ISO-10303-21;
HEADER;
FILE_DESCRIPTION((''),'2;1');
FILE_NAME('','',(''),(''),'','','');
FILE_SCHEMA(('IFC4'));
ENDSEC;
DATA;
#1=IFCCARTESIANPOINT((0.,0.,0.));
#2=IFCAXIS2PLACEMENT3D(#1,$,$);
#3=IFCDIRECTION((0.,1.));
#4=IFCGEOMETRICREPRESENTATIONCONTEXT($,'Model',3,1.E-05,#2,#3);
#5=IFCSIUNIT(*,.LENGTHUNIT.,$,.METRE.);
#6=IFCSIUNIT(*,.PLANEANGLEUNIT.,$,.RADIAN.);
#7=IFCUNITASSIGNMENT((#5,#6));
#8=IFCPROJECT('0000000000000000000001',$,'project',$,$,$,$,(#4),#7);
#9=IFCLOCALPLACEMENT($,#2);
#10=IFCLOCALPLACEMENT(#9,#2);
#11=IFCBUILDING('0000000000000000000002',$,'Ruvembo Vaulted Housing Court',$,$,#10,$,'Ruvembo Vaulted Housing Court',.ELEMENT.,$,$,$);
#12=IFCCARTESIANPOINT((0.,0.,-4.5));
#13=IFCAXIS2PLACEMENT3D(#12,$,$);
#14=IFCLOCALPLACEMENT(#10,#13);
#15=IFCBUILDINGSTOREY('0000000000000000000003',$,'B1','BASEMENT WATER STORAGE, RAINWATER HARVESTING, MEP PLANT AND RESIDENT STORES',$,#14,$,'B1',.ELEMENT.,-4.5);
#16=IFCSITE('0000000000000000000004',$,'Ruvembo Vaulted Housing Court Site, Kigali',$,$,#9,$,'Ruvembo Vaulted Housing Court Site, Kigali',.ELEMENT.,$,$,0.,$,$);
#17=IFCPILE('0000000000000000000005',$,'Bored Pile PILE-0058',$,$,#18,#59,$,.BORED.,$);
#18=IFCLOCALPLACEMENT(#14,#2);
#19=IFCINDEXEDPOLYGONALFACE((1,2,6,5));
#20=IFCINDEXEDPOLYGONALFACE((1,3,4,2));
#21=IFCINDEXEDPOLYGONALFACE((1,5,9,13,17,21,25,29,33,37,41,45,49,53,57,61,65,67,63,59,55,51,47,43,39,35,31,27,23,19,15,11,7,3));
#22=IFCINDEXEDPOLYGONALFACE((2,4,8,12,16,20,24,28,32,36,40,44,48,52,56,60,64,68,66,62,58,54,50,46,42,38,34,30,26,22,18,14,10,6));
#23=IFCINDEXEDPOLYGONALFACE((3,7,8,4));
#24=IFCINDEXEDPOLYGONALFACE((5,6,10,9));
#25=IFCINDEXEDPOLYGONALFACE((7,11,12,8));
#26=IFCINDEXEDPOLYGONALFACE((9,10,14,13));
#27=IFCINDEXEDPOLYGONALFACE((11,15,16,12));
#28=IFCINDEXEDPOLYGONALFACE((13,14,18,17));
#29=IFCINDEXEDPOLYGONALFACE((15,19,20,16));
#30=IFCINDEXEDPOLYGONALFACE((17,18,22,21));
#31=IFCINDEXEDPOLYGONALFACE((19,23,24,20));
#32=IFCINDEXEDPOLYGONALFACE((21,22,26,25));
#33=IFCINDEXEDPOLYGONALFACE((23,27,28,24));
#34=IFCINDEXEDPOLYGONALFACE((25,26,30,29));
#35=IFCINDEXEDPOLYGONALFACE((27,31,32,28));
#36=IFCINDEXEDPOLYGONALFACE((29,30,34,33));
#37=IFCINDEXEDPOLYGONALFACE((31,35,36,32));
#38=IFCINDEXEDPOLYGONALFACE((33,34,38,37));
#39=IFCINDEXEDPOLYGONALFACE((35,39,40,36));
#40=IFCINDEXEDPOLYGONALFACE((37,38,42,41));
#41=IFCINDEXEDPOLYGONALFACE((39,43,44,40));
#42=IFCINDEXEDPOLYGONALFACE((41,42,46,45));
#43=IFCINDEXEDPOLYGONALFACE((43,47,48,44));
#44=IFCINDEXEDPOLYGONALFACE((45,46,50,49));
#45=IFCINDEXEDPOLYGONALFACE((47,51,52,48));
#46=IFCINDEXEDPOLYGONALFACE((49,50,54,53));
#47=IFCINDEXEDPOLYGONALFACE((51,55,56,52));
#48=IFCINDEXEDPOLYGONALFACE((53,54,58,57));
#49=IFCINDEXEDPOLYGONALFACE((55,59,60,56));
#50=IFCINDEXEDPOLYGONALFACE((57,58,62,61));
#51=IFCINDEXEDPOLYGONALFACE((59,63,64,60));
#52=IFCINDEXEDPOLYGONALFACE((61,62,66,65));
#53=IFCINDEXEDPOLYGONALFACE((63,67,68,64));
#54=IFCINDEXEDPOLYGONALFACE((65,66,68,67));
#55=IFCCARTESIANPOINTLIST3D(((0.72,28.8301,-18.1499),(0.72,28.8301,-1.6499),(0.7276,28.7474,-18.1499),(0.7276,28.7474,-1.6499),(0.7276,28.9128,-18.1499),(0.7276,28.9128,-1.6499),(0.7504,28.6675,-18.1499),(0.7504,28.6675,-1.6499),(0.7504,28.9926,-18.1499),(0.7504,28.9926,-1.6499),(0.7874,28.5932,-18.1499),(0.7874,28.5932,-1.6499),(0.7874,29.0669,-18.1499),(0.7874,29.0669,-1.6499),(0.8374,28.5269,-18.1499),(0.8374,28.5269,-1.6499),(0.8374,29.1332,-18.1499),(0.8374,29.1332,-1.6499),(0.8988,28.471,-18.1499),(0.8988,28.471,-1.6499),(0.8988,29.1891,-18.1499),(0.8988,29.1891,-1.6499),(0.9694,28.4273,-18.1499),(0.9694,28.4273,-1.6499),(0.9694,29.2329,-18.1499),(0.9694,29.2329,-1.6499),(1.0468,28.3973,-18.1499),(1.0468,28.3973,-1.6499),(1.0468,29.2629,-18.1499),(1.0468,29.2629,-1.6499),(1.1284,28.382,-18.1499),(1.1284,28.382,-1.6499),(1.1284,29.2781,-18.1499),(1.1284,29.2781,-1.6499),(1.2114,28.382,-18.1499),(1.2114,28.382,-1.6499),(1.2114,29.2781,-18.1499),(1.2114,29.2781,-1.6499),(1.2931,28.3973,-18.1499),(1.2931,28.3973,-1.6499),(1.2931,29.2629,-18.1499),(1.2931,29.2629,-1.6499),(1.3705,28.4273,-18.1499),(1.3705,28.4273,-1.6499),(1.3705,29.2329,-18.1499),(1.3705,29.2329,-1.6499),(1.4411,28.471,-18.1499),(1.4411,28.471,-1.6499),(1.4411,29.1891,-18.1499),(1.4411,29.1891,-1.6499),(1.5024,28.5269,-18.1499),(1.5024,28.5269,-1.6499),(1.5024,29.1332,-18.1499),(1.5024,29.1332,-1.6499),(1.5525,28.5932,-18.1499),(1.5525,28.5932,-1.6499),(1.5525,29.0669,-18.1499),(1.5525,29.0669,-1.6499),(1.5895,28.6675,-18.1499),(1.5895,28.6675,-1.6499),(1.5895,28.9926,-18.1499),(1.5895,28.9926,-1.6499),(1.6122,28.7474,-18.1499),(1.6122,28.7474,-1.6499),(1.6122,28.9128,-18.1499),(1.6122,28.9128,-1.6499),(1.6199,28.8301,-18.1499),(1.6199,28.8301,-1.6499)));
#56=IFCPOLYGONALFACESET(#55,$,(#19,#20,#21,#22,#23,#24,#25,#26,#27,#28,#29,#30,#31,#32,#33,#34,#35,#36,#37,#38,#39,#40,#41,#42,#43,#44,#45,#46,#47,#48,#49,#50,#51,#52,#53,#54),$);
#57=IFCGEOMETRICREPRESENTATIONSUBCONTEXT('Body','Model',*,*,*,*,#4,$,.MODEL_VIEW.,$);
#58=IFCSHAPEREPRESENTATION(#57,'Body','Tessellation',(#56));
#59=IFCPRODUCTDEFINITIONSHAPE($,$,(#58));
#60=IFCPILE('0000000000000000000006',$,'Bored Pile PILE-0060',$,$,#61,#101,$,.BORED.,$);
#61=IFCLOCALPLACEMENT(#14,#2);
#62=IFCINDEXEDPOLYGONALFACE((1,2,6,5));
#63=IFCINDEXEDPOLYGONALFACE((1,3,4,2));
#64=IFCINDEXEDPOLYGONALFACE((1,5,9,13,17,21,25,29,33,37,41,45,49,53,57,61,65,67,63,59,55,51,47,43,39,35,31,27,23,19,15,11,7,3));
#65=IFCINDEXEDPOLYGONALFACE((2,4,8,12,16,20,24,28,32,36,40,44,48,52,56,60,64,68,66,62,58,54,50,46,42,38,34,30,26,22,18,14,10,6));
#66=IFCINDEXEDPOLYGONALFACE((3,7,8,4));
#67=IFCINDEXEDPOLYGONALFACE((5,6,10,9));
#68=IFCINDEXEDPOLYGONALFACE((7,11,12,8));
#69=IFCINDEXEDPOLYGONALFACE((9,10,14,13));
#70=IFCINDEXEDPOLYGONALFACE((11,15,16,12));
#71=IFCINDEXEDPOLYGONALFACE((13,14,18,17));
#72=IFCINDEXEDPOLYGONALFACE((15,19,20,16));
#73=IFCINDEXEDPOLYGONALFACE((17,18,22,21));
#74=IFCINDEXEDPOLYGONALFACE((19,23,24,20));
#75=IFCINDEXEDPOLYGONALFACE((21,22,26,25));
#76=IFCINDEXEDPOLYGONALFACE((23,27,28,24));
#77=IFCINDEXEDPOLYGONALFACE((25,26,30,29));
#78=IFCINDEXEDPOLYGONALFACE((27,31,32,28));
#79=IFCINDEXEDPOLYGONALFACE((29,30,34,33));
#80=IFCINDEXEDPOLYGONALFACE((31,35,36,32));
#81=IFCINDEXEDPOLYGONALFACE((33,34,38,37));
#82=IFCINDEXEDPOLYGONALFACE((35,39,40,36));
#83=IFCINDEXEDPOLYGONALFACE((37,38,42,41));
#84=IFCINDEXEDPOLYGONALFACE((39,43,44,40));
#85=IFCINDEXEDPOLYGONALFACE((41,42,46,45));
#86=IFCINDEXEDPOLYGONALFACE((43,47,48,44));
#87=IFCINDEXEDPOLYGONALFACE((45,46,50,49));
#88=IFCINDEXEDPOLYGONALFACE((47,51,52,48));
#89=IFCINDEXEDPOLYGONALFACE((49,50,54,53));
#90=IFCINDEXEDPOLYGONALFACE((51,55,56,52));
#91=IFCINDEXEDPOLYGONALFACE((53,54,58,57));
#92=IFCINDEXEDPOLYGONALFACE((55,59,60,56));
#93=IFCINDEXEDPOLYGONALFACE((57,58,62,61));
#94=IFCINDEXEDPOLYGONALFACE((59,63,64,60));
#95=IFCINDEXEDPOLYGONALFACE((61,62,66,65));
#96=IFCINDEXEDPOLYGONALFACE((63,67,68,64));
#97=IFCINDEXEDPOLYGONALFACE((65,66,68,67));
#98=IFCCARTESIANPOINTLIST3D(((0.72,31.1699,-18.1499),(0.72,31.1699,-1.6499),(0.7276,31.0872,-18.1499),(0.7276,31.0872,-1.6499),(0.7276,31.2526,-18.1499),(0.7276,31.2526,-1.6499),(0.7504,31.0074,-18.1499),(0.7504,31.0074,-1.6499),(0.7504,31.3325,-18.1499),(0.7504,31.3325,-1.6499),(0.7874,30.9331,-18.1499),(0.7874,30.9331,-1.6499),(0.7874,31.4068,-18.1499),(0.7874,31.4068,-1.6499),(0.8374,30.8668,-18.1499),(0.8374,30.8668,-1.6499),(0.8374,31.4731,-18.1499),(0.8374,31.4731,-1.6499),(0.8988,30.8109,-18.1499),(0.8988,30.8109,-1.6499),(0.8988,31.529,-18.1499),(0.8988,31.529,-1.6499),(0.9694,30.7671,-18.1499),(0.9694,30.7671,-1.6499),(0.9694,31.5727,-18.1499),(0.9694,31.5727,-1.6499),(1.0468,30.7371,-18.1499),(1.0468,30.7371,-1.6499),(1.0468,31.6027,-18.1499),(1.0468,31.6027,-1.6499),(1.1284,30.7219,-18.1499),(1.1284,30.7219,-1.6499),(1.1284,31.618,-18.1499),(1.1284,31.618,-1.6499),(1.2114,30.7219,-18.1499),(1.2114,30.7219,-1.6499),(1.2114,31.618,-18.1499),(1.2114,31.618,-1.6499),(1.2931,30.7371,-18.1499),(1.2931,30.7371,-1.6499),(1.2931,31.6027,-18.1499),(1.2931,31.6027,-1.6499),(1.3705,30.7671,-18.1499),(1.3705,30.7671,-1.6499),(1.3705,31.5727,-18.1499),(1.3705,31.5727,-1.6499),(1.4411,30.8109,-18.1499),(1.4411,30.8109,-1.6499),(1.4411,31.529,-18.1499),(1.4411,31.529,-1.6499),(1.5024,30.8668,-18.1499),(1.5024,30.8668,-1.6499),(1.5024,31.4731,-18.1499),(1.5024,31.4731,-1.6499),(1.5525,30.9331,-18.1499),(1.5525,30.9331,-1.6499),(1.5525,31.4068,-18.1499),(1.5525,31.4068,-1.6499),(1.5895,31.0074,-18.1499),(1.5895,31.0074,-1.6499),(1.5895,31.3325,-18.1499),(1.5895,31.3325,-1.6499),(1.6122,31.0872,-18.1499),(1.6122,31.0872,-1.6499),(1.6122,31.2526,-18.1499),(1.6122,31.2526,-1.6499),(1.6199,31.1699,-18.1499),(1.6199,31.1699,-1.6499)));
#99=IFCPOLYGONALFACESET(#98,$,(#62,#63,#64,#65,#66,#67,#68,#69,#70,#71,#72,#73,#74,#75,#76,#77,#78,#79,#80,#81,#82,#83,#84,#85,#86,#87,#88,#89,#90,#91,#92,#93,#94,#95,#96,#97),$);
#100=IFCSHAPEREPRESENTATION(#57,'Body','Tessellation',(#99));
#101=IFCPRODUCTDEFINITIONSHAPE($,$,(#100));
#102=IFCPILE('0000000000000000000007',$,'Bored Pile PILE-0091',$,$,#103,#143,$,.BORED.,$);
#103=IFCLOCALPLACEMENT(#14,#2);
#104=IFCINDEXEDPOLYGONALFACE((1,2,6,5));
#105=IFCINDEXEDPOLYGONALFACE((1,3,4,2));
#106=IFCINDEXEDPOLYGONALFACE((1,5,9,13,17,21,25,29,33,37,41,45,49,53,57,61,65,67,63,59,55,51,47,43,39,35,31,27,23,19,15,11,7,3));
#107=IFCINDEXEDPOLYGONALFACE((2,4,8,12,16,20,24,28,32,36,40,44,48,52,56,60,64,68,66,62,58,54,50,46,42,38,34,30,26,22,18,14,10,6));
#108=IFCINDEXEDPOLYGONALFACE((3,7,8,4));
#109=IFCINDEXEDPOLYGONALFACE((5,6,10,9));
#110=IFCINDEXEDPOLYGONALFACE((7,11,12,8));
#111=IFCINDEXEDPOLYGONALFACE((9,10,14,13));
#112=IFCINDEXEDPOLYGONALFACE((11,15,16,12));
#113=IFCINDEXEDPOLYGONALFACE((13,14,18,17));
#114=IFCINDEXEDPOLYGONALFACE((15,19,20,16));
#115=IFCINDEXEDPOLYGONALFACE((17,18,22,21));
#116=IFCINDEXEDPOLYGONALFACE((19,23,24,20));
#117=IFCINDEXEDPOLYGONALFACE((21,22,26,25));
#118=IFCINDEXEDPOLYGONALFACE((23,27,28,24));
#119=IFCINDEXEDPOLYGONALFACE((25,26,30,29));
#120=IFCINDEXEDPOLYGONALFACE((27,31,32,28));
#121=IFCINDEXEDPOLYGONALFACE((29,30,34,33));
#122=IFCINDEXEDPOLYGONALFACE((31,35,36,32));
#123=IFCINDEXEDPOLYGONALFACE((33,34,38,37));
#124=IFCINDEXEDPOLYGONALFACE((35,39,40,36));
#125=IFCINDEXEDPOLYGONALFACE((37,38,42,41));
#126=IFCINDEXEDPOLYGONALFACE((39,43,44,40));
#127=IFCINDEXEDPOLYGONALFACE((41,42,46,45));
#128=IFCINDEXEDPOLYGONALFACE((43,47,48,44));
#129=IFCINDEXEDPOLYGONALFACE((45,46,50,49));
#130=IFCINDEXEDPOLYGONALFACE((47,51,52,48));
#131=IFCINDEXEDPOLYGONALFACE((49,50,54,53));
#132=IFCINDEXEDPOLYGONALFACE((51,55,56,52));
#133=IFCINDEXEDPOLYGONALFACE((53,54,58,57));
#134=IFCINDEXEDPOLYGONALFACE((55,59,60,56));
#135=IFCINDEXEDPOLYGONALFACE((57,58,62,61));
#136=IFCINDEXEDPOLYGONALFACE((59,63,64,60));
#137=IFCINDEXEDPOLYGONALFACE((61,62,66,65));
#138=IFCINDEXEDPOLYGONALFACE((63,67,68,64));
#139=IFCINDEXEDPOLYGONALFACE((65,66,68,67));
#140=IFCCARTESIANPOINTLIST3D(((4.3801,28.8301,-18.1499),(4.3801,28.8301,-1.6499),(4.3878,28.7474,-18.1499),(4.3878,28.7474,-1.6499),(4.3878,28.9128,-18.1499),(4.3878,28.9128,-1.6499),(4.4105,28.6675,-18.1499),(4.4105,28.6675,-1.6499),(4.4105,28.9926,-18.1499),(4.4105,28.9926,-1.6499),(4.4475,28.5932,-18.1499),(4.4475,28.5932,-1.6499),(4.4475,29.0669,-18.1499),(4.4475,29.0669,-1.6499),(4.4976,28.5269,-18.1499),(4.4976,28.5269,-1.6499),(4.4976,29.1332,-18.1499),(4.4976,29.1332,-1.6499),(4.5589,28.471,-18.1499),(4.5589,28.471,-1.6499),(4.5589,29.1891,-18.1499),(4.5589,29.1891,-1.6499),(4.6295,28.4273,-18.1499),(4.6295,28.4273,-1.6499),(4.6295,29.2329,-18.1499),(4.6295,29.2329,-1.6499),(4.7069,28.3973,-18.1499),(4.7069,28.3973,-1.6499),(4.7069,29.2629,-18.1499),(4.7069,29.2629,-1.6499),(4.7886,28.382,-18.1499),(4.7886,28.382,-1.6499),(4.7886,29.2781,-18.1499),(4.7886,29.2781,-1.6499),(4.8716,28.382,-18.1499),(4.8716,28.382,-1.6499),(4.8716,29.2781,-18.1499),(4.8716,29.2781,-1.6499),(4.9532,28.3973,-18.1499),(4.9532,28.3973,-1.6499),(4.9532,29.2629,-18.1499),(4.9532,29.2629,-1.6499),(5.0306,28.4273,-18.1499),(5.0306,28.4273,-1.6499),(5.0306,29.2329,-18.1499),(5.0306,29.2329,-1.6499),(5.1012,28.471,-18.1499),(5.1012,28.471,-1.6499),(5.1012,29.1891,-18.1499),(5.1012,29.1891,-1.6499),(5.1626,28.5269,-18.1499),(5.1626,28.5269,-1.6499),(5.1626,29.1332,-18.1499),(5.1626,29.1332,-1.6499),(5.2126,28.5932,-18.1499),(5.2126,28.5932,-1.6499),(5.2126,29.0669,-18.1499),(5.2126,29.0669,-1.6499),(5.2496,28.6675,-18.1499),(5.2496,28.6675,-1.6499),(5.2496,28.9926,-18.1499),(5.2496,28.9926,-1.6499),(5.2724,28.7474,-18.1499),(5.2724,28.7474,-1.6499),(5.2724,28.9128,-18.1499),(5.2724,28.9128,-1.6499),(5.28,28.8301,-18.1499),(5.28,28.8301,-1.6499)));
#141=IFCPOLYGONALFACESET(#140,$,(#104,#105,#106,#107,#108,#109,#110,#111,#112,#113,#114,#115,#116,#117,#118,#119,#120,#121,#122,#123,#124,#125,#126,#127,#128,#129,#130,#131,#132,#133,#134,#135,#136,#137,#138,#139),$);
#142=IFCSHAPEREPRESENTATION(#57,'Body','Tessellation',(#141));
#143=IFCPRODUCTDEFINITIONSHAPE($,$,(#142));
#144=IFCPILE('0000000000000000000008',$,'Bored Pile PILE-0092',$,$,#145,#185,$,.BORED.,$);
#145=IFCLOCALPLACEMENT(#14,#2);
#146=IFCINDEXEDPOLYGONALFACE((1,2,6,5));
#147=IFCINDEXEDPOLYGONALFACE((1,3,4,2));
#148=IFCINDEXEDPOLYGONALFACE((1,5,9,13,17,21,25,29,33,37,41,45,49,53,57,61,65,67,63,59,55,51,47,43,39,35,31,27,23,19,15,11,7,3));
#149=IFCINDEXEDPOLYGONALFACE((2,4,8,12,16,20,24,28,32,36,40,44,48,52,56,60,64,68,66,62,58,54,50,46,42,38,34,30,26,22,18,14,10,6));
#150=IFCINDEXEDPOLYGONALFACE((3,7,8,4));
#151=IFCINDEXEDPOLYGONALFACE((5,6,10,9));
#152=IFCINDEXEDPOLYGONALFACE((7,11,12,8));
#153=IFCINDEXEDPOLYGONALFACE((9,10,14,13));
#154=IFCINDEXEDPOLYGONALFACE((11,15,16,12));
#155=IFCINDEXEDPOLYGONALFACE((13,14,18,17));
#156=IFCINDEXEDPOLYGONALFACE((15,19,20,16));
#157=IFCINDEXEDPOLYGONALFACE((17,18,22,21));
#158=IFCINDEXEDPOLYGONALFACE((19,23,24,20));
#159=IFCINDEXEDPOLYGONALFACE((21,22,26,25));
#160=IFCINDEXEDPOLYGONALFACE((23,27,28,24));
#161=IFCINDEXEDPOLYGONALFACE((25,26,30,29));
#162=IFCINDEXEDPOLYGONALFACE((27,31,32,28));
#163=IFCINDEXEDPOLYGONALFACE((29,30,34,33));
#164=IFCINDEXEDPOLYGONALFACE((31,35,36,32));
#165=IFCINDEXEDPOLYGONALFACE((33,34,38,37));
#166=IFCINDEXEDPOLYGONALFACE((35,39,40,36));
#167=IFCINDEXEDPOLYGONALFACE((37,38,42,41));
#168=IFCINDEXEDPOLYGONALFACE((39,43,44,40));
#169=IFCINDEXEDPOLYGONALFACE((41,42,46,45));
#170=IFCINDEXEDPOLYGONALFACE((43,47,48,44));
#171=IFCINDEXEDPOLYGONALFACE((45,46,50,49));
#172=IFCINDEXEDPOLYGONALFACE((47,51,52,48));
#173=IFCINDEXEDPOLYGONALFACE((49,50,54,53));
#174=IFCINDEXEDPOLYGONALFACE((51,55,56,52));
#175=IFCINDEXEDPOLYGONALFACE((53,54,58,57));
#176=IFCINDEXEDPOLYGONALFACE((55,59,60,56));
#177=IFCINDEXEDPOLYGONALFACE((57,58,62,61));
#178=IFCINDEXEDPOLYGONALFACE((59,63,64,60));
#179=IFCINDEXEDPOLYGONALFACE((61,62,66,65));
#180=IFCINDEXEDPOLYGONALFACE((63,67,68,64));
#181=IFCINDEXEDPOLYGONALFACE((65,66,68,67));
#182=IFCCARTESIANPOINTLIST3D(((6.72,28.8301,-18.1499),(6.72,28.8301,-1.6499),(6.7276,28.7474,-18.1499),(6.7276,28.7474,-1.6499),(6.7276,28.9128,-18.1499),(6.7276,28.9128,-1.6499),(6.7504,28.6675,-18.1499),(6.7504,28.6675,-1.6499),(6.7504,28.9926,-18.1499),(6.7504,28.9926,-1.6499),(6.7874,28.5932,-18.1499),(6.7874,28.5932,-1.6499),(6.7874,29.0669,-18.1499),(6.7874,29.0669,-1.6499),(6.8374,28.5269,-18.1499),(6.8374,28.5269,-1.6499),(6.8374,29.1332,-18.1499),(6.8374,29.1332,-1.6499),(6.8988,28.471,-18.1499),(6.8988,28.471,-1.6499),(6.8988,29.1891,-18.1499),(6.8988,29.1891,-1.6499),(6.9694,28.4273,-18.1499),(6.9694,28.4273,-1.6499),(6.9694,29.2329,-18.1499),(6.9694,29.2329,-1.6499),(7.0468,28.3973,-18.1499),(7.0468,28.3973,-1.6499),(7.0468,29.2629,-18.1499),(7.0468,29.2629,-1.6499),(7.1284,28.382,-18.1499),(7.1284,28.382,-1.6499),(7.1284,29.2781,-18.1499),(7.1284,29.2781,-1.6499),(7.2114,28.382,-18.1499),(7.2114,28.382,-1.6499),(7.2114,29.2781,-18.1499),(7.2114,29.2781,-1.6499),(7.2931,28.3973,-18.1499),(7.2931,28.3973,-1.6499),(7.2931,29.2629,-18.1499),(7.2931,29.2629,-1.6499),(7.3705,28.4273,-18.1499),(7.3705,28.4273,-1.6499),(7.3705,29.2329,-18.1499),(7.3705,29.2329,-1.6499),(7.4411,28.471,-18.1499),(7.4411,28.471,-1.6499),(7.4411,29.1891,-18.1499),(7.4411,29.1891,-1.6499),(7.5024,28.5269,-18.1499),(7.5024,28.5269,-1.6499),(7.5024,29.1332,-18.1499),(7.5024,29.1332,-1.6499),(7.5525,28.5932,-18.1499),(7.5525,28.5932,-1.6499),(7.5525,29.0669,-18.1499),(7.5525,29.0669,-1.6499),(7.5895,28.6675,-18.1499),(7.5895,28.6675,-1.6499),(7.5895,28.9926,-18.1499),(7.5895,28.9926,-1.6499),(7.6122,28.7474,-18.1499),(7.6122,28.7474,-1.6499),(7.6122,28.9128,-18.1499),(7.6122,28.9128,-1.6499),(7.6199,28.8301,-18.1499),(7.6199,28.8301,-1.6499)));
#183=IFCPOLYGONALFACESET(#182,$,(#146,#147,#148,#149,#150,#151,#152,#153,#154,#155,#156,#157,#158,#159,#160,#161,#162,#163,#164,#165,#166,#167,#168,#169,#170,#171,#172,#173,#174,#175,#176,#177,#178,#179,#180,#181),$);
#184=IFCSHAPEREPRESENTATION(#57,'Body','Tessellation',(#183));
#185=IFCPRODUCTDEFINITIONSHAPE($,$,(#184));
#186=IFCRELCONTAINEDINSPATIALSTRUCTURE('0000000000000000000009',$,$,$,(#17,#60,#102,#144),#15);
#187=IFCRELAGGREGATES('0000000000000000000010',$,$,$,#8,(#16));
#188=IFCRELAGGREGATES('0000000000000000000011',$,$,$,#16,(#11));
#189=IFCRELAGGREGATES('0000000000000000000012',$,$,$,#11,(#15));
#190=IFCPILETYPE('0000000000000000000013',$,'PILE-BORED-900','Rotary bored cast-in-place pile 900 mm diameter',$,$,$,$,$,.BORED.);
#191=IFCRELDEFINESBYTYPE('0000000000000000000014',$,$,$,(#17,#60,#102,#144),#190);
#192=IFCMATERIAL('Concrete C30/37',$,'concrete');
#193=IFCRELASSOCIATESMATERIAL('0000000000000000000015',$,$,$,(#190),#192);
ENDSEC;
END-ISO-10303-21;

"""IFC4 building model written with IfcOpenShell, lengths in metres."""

from ifc_helpers import new_model, si_unit, direction, frame, origin, origin_2d, place, context, subcontext, project, spatial, circle, extrude, material, material_profile, profile_set, type_object, element, save


model = new_model("IFC4")

# Units and contexts
model_context = context("Model", 3, precision=1e-05, world=origin(), true_north=direction((0.0, 1.0)))
body_context = subcontext(model_context, "Body", "Model", "MODEL_VIEW")
ifc_project = project(units=[si_unit("LENGTHUNIT", "METRE"), si_unit("PLANEANGLEUNIT", "RADIAN")], contexts=[model_context])

# Site, building, storey
site_placement = place(None, origin())
site = spatial("IfcSite", under=ifc_project, at=site_placement, Name="Ruvembo Vaulted Housing Court Site, Kigali", LongName="Ruvembo Vaulted Housing Court Site, Kigali", CompositionType="ELEMENT", RefElevation=0.0)
building_placement = place(site_placement, origin())
building = spatial("IfcBuilding", under=site, at=building_placement, Name="Ruvembo Vaulted Housing Court", LongName="Ruvembo Vaulted Housing Court", CompositionType="ELEMENT")
storey_placement = place(building_placement, frame((0.0, 0.0, -4.5)))
storey = spatial("IfcBuildingStorey", under=building, at=storey_placement, Name="B1", Description="BASEMENT WATER STORAGE, RAINWATER HARVESTING, MEP PLANT AND RESIDENT STORES", LongName="B1", CompositionType="ELEMENT", Elevation=-4.5)

# Piles
ifc_material_1 = material(Name="Concrete C30/37", Category="concrete")
ifc_material_profile_1 = material_profile(ifc_material_1, circle(Radius=0.45, at=origin_2d()), Name="PILE D900")
ifc_profile_set_1 = profile_set([ifc_material_profile_1], Name="Concrete C30/37")
pile_type_1 = type_object("IfcPileType", Name="PILE-BORED-900", Description="Rotary bored cast-in-place pile 900 mm diameter", PredefinedType="BORED", material=ifc_profile_set_1)
for number, where, z_axis, x_axis, name in (
    (1, (1.1699, 28.8301, -1.6499), (0.0, 0.0, -1.0), (1.0, 0.0, 0.0), "Bored Pile PILE-0058"),
    (2, (1.1699, 31.1699, -1.6499), (0.0, 0.0, -1.0), (1.0, 0.0, 0.0), "Bored Pile PILE-0060"),
    (3, (4.8301, 28.8301, -1.6499), (0.0, 0.0, -1.0), (1.0, 0.0, 0.0), "Bored Pile PILE-0091"),
    (4, (7.1699, 28.8301, -1.6499), (0.0, 0.0, -1.0), (1.0, 0.0, 0.0), "Bored Pile PILE-0092"),
):
    element("IfcPile", number, at=place(storey_placement, frame(where, z_axis=z_axis, x_axis=x_axis)), inside=storey, type_object=pile_type_1, Name=name, PredefinedType="BORED", context=body_context, shape_type="SweptSolid", body=[
        extrude(circle(Radius=0.45, at=origin_2d()), origin(), (0.0, 0.0, 1.0), 16.5),
    ])

save(model, "model.ifc")
